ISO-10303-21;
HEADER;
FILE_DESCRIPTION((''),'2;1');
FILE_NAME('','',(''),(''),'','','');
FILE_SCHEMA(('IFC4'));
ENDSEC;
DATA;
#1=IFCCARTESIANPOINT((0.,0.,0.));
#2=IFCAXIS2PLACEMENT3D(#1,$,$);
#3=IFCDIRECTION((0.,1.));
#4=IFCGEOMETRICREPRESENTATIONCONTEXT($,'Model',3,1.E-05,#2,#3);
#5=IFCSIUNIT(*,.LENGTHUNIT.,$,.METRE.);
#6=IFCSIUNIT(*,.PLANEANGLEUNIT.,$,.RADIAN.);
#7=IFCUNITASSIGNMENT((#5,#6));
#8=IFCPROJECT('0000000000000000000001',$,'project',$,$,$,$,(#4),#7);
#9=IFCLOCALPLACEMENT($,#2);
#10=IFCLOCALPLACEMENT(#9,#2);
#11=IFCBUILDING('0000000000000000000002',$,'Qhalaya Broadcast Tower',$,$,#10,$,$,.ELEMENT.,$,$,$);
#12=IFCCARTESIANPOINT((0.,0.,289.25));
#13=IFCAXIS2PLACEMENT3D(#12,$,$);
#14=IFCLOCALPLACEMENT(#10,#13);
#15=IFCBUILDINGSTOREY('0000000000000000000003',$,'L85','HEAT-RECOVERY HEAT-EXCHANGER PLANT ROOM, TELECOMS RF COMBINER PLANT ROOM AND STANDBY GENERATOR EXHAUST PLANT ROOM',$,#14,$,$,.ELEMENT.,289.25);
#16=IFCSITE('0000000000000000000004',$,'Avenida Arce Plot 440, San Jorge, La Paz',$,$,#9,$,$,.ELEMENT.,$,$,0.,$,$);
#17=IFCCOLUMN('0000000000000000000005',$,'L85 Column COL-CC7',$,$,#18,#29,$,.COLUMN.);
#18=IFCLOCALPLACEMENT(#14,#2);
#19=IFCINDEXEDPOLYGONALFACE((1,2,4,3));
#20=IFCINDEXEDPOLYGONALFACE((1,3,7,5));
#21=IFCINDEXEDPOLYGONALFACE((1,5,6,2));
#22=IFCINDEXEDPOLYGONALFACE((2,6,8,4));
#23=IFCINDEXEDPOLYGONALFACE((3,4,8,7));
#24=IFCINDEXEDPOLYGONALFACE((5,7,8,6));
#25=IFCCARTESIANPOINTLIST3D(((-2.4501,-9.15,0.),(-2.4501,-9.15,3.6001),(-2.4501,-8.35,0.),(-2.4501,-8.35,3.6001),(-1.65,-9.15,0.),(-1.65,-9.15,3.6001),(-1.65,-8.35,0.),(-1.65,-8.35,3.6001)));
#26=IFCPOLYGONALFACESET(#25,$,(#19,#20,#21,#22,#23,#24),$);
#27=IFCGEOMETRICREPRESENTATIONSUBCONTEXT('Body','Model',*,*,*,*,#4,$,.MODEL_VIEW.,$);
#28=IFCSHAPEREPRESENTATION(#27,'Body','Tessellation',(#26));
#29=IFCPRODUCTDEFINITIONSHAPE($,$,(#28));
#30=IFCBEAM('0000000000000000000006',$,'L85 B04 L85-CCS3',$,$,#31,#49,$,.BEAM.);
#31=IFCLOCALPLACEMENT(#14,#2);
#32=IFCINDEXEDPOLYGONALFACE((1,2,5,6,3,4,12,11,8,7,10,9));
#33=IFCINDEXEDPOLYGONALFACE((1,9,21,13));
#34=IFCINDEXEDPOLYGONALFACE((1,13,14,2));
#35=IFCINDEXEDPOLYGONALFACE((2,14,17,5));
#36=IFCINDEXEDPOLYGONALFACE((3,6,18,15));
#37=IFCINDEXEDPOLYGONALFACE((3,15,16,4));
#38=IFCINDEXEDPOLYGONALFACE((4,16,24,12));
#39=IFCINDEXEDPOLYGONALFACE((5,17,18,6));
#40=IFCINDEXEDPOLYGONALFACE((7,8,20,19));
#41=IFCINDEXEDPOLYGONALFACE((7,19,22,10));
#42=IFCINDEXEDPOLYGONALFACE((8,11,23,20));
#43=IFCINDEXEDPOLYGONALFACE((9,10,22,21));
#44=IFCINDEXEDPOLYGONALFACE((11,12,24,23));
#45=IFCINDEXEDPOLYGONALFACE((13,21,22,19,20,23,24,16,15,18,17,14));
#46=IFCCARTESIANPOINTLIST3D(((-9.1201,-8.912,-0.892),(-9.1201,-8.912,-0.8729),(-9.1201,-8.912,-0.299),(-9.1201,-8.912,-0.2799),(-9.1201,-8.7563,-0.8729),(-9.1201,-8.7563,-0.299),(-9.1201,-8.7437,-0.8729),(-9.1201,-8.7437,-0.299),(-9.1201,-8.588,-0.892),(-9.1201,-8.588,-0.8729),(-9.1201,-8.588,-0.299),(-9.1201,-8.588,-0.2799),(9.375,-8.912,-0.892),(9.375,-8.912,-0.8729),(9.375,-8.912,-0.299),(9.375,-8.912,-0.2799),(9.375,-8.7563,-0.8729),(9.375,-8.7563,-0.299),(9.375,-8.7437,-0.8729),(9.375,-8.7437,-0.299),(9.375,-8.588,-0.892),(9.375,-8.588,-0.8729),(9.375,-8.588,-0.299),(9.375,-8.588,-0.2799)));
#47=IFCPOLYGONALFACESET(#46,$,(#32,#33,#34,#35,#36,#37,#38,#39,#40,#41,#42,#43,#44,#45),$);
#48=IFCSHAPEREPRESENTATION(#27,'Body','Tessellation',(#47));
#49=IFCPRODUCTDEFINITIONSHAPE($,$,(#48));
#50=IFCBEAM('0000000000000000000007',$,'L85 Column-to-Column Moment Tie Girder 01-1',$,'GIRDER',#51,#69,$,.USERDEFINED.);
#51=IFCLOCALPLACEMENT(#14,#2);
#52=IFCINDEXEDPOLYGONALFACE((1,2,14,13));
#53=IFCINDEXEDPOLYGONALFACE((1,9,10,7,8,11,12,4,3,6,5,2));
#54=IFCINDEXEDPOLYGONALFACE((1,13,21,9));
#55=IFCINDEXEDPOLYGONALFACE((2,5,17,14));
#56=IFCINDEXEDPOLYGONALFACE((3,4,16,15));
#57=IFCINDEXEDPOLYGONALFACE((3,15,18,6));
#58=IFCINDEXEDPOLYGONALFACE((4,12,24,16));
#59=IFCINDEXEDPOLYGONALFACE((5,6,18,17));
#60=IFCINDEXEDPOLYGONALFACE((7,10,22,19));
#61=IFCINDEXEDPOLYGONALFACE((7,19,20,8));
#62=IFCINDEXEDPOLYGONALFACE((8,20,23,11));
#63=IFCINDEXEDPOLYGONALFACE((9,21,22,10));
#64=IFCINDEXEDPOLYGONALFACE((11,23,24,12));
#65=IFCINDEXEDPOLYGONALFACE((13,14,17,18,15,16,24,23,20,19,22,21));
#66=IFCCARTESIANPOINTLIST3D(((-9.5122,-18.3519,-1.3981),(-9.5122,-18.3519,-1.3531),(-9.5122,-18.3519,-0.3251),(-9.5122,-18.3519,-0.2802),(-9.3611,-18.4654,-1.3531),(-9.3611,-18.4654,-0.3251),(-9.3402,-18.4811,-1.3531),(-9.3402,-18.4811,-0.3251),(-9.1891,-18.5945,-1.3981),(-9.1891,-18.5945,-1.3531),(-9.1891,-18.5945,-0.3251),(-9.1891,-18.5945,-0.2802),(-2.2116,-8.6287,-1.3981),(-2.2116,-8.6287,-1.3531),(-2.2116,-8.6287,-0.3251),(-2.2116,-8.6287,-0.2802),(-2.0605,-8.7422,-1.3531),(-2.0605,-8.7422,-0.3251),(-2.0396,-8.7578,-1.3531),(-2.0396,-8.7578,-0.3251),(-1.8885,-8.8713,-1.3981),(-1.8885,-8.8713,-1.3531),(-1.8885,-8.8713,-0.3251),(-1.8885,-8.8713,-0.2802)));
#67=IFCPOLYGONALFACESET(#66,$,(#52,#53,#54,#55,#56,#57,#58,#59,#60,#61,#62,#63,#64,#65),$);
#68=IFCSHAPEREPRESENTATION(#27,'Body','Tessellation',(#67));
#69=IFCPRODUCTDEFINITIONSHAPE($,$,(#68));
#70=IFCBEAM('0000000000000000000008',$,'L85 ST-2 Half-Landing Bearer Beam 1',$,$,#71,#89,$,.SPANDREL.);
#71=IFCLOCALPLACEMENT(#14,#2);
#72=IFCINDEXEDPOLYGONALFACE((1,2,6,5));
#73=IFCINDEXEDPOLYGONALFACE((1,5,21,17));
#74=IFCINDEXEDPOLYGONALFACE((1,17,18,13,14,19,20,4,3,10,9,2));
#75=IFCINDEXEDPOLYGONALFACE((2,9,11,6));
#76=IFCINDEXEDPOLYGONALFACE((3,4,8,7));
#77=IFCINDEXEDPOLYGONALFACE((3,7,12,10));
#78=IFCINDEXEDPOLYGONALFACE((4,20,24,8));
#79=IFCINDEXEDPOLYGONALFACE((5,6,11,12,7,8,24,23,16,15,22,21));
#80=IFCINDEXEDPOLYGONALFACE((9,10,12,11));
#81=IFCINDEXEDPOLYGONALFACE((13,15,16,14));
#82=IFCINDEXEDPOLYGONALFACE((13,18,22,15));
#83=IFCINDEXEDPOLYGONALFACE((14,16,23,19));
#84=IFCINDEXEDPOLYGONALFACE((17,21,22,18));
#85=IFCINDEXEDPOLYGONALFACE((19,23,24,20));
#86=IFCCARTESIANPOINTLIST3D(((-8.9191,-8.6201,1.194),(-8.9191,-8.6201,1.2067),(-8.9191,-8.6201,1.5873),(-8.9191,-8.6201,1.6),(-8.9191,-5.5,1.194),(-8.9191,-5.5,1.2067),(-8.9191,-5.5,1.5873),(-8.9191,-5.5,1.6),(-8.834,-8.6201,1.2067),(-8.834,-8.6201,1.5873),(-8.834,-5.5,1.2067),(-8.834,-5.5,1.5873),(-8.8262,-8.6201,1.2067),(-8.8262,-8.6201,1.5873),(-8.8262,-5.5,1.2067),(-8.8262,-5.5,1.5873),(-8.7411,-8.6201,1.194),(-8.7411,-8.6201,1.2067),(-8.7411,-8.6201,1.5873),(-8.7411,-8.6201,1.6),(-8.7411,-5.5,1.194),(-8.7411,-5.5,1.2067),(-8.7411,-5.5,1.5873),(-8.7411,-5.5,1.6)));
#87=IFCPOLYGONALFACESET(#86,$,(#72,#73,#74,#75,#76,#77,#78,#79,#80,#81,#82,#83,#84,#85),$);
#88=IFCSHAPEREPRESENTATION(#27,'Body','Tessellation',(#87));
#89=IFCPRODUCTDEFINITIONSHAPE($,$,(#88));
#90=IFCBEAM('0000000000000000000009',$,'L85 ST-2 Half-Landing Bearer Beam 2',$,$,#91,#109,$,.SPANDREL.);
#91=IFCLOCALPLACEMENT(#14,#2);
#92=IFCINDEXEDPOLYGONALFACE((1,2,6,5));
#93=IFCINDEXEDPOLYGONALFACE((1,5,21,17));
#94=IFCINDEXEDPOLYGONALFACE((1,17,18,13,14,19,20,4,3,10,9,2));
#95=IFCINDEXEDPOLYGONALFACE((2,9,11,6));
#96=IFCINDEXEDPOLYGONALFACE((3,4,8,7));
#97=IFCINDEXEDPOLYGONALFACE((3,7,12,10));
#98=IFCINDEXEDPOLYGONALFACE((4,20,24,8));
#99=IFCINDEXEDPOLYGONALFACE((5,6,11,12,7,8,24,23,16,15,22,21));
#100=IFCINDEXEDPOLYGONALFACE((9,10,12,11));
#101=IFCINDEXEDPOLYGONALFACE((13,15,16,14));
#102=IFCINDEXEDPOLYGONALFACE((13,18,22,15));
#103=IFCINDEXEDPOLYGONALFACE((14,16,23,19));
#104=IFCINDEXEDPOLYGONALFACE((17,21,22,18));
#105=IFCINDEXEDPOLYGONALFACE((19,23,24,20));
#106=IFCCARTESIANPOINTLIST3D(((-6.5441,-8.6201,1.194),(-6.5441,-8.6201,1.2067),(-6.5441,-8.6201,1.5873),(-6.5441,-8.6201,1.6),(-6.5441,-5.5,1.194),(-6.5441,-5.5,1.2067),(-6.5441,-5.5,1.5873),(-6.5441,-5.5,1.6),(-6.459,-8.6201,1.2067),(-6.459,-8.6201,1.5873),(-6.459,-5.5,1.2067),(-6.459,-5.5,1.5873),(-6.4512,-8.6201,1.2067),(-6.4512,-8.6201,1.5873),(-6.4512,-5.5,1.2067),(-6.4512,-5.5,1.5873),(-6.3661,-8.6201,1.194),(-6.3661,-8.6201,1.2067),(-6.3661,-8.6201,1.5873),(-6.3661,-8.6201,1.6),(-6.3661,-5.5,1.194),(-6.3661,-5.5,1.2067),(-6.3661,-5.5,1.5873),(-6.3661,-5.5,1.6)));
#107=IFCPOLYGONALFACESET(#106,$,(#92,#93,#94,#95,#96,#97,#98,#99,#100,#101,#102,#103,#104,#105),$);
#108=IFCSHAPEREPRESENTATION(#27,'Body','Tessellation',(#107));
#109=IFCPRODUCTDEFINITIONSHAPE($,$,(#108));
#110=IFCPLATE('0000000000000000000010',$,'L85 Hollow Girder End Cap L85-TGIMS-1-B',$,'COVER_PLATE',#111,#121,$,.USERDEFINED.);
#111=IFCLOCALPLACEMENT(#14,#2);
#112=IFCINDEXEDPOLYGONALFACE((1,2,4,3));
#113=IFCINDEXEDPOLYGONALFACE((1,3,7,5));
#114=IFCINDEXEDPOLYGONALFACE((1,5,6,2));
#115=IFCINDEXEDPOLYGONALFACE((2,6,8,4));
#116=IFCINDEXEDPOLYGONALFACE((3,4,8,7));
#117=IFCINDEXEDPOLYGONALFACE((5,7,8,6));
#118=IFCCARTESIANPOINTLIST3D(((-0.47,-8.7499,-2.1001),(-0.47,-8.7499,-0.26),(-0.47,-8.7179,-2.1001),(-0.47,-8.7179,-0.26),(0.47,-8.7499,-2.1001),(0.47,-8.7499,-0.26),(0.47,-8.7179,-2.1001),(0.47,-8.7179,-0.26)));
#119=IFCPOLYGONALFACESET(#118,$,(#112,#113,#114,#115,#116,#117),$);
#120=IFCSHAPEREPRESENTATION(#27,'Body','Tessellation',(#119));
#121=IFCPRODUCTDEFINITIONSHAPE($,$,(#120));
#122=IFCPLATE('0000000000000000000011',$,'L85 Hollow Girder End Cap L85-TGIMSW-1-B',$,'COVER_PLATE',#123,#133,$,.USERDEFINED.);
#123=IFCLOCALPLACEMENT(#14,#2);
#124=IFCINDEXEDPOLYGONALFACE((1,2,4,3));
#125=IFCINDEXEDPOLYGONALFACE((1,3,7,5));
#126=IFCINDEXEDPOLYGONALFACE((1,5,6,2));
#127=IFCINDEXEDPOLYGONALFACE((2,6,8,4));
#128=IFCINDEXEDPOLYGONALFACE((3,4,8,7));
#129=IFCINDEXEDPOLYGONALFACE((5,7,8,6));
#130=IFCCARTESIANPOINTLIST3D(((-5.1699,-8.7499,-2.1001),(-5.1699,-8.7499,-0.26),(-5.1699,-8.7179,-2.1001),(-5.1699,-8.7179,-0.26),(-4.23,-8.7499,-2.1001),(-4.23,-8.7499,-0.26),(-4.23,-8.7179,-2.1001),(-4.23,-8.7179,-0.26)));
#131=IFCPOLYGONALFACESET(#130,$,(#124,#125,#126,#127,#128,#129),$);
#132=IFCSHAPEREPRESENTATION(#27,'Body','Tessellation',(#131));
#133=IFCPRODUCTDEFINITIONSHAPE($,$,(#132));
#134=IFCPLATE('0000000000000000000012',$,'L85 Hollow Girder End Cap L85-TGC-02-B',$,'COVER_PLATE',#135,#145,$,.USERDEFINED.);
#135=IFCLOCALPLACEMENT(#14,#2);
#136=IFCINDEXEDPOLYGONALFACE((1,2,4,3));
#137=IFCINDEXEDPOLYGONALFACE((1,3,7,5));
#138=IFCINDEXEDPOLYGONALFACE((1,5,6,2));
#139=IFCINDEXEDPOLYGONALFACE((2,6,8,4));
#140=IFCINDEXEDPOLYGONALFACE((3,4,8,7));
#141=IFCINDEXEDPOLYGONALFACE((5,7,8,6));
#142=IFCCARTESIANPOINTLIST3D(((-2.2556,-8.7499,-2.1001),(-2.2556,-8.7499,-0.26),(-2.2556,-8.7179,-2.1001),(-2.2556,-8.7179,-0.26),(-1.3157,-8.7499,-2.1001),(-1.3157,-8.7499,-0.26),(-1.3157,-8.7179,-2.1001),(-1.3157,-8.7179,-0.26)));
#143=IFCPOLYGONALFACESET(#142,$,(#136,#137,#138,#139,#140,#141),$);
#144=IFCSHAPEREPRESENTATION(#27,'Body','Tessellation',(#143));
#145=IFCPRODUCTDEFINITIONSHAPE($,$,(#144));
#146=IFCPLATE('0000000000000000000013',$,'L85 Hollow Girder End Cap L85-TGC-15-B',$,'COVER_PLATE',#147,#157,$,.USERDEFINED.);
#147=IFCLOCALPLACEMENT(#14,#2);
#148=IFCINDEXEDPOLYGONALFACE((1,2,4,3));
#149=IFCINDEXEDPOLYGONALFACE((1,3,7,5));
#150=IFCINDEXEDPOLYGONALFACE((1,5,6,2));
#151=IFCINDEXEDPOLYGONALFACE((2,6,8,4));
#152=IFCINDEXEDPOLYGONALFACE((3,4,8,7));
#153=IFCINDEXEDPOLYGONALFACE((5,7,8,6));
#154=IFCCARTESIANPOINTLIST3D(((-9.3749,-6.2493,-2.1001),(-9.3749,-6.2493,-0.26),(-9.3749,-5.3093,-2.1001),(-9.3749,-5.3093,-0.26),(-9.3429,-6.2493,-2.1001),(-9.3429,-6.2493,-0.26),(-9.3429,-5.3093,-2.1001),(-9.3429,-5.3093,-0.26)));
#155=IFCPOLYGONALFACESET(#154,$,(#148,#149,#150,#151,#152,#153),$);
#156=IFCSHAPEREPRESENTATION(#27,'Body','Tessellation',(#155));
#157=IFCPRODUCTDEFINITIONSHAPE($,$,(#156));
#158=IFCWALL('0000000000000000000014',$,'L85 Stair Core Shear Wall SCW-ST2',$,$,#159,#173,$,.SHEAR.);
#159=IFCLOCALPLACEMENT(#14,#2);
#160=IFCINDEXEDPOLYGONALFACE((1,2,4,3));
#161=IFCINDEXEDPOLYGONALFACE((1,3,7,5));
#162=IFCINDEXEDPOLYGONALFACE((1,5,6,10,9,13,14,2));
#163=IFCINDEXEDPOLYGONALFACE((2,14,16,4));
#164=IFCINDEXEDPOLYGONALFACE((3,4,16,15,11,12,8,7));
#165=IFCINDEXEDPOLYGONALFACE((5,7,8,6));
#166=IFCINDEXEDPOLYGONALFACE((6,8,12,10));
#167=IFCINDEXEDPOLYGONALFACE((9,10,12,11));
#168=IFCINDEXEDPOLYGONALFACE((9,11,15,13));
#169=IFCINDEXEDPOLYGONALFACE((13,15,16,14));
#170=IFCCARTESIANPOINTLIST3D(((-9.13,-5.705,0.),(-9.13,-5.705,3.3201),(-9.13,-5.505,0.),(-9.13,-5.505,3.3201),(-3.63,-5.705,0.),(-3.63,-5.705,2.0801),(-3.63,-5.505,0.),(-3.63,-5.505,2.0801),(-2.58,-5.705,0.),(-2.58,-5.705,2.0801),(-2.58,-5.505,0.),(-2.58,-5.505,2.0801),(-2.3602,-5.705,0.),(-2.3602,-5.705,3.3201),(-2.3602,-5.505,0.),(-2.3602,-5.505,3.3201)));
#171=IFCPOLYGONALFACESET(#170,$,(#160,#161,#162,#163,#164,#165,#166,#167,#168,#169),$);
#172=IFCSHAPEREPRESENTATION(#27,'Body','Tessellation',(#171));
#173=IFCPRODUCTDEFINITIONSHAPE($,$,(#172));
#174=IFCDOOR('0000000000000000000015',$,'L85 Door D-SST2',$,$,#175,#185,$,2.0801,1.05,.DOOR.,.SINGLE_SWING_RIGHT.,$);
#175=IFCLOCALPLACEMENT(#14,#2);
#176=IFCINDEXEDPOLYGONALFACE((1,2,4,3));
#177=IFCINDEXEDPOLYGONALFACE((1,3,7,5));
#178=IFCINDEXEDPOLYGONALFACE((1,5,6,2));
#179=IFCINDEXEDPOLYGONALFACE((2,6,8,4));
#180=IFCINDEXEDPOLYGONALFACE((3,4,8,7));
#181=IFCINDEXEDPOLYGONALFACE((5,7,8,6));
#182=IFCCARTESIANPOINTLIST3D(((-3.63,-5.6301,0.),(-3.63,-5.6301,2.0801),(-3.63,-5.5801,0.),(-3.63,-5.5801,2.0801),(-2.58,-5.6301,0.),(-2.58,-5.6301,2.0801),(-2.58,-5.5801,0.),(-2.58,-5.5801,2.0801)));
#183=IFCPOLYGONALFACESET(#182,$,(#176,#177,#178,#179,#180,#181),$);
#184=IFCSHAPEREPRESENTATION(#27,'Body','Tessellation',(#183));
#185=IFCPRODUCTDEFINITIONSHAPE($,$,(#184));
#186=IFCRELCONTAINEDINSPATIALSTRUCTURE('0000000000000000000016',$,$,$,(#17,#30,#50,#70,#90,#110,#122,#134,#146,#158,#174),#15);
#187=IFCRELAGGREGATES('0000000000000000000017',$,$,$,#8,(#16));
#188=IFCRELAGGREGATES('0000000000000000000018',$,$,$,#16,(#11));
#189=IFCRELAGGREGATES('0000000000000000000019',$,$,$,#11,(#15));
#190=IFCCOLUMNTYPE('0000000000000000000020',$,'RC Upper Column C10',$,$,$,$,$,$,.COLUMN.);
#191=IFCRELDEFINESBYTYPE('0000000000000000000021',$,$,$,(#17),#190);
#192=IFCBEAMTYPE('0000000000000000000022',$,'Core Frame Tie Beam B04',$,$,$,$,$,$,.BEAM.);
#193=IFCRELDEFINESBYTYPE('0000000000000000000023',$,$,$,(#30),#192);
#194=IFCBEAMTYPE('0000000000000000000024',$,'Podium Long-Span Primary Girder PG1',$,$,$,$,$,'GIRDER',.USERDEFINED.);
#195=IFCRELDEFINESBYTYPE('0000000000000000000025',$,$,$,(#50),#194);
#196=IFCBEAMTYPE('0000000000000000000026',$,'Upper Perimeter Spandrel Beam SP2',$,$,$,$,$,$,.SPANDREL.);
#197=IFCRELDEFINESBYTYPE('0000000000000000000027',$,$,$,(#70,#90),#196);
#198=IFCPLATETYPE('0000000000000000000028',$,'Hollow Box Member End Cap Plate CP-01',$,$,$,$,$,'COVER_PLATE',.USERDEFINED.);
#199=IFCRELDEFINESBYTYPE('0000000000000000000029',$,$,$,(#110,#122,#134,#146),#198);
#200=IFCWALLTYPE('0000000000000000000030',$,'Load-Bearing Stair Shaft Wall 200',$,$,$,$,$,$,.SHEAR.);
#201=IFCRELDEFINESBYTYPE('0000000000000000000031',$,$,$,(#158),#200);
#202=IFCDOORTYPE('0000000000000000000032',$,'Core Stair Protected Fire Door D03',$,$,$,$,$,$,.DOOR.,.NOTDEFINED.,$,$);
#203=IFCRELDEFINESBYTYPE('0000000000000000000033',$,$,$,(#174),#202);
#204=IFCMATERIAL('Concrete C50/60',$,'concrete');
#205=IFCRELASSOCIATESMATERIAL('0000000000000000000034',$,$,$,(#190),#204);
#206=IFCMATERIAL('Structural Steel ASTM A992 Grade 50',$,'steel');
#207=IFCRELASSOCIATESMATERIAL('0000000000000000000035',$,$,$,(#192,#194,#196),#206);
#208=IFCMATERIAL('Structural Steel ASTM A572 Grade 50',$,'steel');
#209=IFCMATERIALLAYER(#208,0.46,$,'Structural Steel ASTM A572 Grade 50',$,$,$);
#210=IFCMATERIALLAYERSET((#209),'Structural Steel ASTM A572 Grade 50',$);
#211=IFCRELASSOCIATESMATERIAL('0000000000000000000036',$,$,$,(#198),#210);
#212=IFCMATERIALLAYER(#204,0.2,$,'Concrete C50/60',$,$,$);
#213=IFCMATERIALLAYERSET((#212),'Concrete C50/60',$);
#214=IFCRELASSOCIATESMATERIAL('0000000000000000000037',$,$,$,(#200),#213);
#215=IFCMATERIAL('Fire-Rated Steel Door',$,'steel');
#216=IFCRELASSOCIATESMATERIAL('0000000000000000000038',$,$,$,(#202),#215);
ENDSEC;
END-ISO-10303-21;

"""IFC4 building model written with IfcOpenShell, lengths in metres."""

from ifc_helpers import new_model, si_unit, direction, frame, frame_2d, origin, origin_2d, place, context, subcontext, project, spatial, rectangle, i_section, extrude, material, layer, layer_set, material_profile, profile_set, type_object, element, fill, save


model = new_model("IFC4")

# Units and contexts
model_context = context("Model", 3, precision=1e-05, world=origin(), true_north=direction((0.0, 1.0)))
body_context = subcontext(model_context, "Body", "Model", "MODEL_VIEW")
ifc_project = project(units=[si_unit("LENGTHUNIT", "METRE"), si_unit("PLANEANGLEUNIT", "RADIAN")], contexts=[model_context])

# Site, building, storey
site_placement = place(None, origin())
site = spatial("IfcSite", under=ifc_project, at=site_placement, Name="Avenida Arce Plot 440, San Jorge, La Paz", CompositionType="ELEMENT", RefElevation=0.0)
building_placement = place(site_placement, origin())
building = spatial("IfcBuilding", under=site, at=building_placement, Name="Qhalaya Broadcast Tower", CompositionType="ELEMENT")
storey_placement = place(building_placement, frame((0.0, 0.0, 289.25)))
storey = spatial("IfcBuildingStorey", under=building, at=storey_placement, Name="L85", Description="HEAT-RECOVERY HEAT-EXCHANGER PLANT ROOM, TELECOMS RF COMBINER PLANT ROOM AND STANDBY GENERATOR EXHAUST PLANT ROOM", CompositionType="ELEMENT", Elevation=289.25)

# Column
ifc_material_1 = material(Name="Concrete C50/60", Category="concrete")
ifc_material_profile_1 = material_profile(ifc_material_1, rectangle(XDim=0.8, YDim=0.8, at=origin_2d()), Name="RC-COL 800x800")
ifc_profile_set_1 = profile_set([ifc_material_profile_1], Name="Concrete C50/60")
column_type = type_object("IfcColumnType", Name="RC Upper Column C10", PredefinedType="COLUMN", material=ifc_profile_set_1)
column_placement = place(storey_placement, frame((-2.05, -8.75, 0.0), z_axis=(0.0, 0.0, 1.0), x_axis=(1.0, 0.0, 0.0)))
element("IfcColumn", 1, at=column_placement, inside=storey, type_object=column_type, Name="L85 Column COL-CC7", PredefinedType="COLUMN", context=body_context, shape_type="SweptSolid", body=[
    extrude(rectangle(XDim=0.8, YDim=0.8, at=origin_2d()), origin(), (0.0, 0.0, 1.0), 3.6001),
])

# Beams
ifc_material_2 = material(Name="Structural Steel ASTM A992 Grade 50", Category="steel")
ifc_material_profile_2 = material_profile(ifc_material_2, i_section(OverallWidth=0.324, OverallDepth=0.6121, WebThickness=0.0127, FlangeThickness=0.019, at=origin_2d()), Name="W24X104")
ifc_profile_set_2 = profile_set([ifc_material_profile_2], Name="Structural Steel ASTM A992 Grade 50")
beam_type_1 = type_object("IfcBeamType", Name="Core Frame Tie Beam B04", PredefinedType="BEAM", material=ifc_profile_set_2)
beam_1_placement = place(storey_placement, frame((-9.1201, -8.75, -0.5859), z_axis=(1.0, 0.0, 0.0), x_axis=(0.0, 1.0, 0.0)))
element("IfcBeam", 2, at=beam_1_placement, inside=storey, type_object=beam_type_1, Name="L85 B04 L85-CCS3", PredefinedType="BEAM", context=body_context, shape_type="SweptSolid", body=[
    extrude(i_section(OverallWidth=0.324, OverallDepth=0.6121, WebThickness=0.0127, FlangeThickness=0.019, at=origin_2d()), origin(), (0.0, 0.0, 1.0), 18.4951),
])
ifc_material_profile_3 = material_profile(ifc_material_2, i_section(OverallWidth=0.4041, OverallDepth=1.1179, WebThickness=0.0261, FlangeThickness=0.0449, at=origin_2d()), Name="W44X335")
ifc_profile_set_3 = profile_set([ifc_material_profile_3], Name="Structural Steel ASTM A992 Grade 50")
beam_type_2 = type_object("IfcBeamType", Name="Podium Long-Span Primary Girder PG1", ElementType="GIRDER", PredefinedType="USERDEFINED", material=ifc_profile_set_3)
beam_2_placement = place(storey_placement, frame((-2.05, -8.75, -0.8391), z_axis=(-0.60043, -0.799677, 0.0), x_axis=(0.799677, -0.60043, 0.0)))
element("IfcBeam", 3, at=beam_2_placement, inside=storey, type_object=beam_type_2, Name="L85 Column-to-Column Moment Tie Girder 01-1", ObjectType="GIRDER", PredefinedType="USERDEFINED", context=body_context, shape_type="SweptSolid", body=[
    extrude(i_section(OverallWidth=0.4041, OverallDepth=1.1179, WebThickness=0.0261, FlangeThickness=0.0449, at=origin_2d()), origin(), (0.0, 0.0, 1.0), 12.1589),
])
ifc_material_profile_4 = material_profile(ifc_material_2, i_section(OverallWidth=0.178, OverallDepth=0.406, WebThickness=0.0078, FlangeThickness=0.0127, at=origin_2d()), Name="W16X40")
ifc_profile_set_4 = profile_set([ifc_material_profile_4], Name="Structural Steel ASTM A992 Grade 50")
beam_type_3 = type_object("IfcBeamType", Name="Upper Perimeter Spandrel Beam SP2", PredefinedType="SPANDREL", material=ifc_profile_set_4)
for number, where, z_axis, x_axis, name in (
    (4, (-8.8301, -8.6201, 1.397), (0.0, 1.0, 0.0), (-1.0, 0.0, 0.0), "L85 ST-2 Half-Landing Bearer Beam 1"),
    (5, (-6.4551, -8.6201, 1.397), (0.0, 1.0, 0.0), (-1.0, 0.0, 0.0), "L85 ST-2 Half-Landing Bearer Beam 2"),
):
    element("IfcBeam", number, at=place(storey_placement, frame(where, z_axis=z_axis, x_axis=x_axis)), inside=storey, type_object=beam_type_3, Name=name, PredefinedType="SPANDREL", context=body_context, shape_type="SweptSolid", body=[
        extrude(i_section(OverallWidth=0.178, OverallDepth=0.406, WebThickness=0.0078, FlangeThickness=0.0127, at=origin_2d()), origin(), (0.0, 0.0, 1.0), 3.1201),
    ])

# Plates
ifc_material_3 = material(Name="Structural Steel ASTM A572 Grade 50", Category="steel")
ifc_layer_1 = layer(ifc_material_3, 0.46, Name="Structural Steel ASTM A572 Grade 50")
ifc_layer_set_1 = layer_set([ifc_layer_1], Name="Structural Steel ASTM A572 Grade 50")
plate_type = type_object("IfcPlateType", Name="Hollow Box Member End Cap Plate CP-01", ElementType="COVER_PLATE", PredefinedType="USERDEFINED", material=ifc_layer_set_1)
for number, where, z_axis, x_axis, name in (
    (6, (0.0, -8.7339, -2.1001), (0.0, 0.0, 1.0), (-1.0, 0.0, 0.0), "L85 Hollow Girder End Cap L85-TGIMS-1-B"),
    (7, (-4.7, -8.7339, -2.1001), (0.0, 0.0, 1.0), (-1.0, 0.0, 0.0), "L85 Hollow Girder End Cap L85-TGIMSW-1-B"),
    (8, (-1.7856, -8.7339, -2.1001), (0.0, 0.0, 1.0), (-1.0, 0.0, 0.0), "L85 Hollow Girder End Cap L85-TGC-02-B"),
    (9, (-9.3589, -5.7793, -2.1001), (0.0, 0.0, 1.0), (0.0, 1.0, 0.0), "L85 Hollow Girder End Cap L85-TGC-15-B"),
):
    element("IfcPlate", number, at=place(storey_placement, frame(where, z_axis=z_axis, x_axis=x_axis)), inside=storey, type_object=plate_type, Name=name, ObjectType="COVER_PLATE", PredefinedType="USERDEFINED", context=body_context, shape_type="SweptSolid", body=[
        extrude(rectangle(XDim=0.9399, YDim=0.032, at=origin_2d()), origin(), (0.0, 0.0, 1.0), 1.8401),
    ])

# Wall, opening, door
ifc_layer_2 = layer(ifc_material_1, 0.2, Name="Concrete C50/60")
ifc_layer_set_2 = layer_set([ifc_layer_2], Name="Concrete C50/60")
wall_type_1 = type_object("IfcWallType", Name="Load-Bearing Stair Shaft Wall 200", PredefinedType="SHEAR", material=ifc_layer_set_2)
wall_1_placement = place(storey_placement, frame((-9.1299, -5.605, 0.0), z_axis=(0.0, 0.0, 1.0), x_axis=(1.0, 0.0, 0.0)))
wall_1 = element("IfcWall", 10, at=wall_1_placement, inside=storey, type_object=wall_type_1, Name="L85 Stair Core Shear Wall SCW-ST2", PredefinedType="SHEAR", context=body_context, shape_type="SweptSolid", body=[
    extrude(rectangle(XDim=6.7698, YDim=0.2, at=frame_2d((3.3848, 0.0))), origin(), (0.0, 0.0, 1.0), 3.3201),
])
opening_1_placement = place(wall_1_placement, frame((5.5, 0.0, 0.0)))
opening_1 = element("IfcOpeningElement", 11, at=opening_1_placement, cuts=wall_1, PredefinedType="OPENING", context=body_context, shape_type="SweptSolid", body=[
    extrude(rectangle(XDim=1.05, YDim=2.0801, at=frame_2d((0.5249, 1.04))), frame((0.0, 0.1121, 0.0), z_axis=(0.0, -1.0, 0.0), x_axis=(1.0, 0.0, 0.0)), (0.0, 0.0, 1.0), 0.2239),
])
ifc_material_4 = material(Name="Fire-Rated Steel Door", Category="steel")
door_type_1 = type_object("IfcDoorType", Name="Core Stair Protected Fire Door D03", OperationType="NOTDEFINED", PredefinedType="DOOR", material=ifc_material_4)
door_1_placement = place(opening_1_placement, origin())
door_1 = element("IfcDoor", 12, at=door_1_placement, inside=storey, type_object=door_type_1, Name="L85 Door D-SST2", OperationType="SINGLE_SWING_RIGHT", OverallHeight=2.0801, OverallWidth=1.05, PredefinedType="DOOR", context=body_context, shape_type="SweptSolid", body=[
    extrude(rectangle(XDim=1.05, YDim=2.0801, at=frame_2d((0.5249, 1.04))), frame((0.0, 0.0249, 0.0), z_axis=(0.0, -1.0, 0.0), x_axis=(1.0, 0.0, 0.0)), (0.0, 0.0, 1.0), 0.05),
])
fill(opening_1, door_1)

save(model, "model.ifc")
